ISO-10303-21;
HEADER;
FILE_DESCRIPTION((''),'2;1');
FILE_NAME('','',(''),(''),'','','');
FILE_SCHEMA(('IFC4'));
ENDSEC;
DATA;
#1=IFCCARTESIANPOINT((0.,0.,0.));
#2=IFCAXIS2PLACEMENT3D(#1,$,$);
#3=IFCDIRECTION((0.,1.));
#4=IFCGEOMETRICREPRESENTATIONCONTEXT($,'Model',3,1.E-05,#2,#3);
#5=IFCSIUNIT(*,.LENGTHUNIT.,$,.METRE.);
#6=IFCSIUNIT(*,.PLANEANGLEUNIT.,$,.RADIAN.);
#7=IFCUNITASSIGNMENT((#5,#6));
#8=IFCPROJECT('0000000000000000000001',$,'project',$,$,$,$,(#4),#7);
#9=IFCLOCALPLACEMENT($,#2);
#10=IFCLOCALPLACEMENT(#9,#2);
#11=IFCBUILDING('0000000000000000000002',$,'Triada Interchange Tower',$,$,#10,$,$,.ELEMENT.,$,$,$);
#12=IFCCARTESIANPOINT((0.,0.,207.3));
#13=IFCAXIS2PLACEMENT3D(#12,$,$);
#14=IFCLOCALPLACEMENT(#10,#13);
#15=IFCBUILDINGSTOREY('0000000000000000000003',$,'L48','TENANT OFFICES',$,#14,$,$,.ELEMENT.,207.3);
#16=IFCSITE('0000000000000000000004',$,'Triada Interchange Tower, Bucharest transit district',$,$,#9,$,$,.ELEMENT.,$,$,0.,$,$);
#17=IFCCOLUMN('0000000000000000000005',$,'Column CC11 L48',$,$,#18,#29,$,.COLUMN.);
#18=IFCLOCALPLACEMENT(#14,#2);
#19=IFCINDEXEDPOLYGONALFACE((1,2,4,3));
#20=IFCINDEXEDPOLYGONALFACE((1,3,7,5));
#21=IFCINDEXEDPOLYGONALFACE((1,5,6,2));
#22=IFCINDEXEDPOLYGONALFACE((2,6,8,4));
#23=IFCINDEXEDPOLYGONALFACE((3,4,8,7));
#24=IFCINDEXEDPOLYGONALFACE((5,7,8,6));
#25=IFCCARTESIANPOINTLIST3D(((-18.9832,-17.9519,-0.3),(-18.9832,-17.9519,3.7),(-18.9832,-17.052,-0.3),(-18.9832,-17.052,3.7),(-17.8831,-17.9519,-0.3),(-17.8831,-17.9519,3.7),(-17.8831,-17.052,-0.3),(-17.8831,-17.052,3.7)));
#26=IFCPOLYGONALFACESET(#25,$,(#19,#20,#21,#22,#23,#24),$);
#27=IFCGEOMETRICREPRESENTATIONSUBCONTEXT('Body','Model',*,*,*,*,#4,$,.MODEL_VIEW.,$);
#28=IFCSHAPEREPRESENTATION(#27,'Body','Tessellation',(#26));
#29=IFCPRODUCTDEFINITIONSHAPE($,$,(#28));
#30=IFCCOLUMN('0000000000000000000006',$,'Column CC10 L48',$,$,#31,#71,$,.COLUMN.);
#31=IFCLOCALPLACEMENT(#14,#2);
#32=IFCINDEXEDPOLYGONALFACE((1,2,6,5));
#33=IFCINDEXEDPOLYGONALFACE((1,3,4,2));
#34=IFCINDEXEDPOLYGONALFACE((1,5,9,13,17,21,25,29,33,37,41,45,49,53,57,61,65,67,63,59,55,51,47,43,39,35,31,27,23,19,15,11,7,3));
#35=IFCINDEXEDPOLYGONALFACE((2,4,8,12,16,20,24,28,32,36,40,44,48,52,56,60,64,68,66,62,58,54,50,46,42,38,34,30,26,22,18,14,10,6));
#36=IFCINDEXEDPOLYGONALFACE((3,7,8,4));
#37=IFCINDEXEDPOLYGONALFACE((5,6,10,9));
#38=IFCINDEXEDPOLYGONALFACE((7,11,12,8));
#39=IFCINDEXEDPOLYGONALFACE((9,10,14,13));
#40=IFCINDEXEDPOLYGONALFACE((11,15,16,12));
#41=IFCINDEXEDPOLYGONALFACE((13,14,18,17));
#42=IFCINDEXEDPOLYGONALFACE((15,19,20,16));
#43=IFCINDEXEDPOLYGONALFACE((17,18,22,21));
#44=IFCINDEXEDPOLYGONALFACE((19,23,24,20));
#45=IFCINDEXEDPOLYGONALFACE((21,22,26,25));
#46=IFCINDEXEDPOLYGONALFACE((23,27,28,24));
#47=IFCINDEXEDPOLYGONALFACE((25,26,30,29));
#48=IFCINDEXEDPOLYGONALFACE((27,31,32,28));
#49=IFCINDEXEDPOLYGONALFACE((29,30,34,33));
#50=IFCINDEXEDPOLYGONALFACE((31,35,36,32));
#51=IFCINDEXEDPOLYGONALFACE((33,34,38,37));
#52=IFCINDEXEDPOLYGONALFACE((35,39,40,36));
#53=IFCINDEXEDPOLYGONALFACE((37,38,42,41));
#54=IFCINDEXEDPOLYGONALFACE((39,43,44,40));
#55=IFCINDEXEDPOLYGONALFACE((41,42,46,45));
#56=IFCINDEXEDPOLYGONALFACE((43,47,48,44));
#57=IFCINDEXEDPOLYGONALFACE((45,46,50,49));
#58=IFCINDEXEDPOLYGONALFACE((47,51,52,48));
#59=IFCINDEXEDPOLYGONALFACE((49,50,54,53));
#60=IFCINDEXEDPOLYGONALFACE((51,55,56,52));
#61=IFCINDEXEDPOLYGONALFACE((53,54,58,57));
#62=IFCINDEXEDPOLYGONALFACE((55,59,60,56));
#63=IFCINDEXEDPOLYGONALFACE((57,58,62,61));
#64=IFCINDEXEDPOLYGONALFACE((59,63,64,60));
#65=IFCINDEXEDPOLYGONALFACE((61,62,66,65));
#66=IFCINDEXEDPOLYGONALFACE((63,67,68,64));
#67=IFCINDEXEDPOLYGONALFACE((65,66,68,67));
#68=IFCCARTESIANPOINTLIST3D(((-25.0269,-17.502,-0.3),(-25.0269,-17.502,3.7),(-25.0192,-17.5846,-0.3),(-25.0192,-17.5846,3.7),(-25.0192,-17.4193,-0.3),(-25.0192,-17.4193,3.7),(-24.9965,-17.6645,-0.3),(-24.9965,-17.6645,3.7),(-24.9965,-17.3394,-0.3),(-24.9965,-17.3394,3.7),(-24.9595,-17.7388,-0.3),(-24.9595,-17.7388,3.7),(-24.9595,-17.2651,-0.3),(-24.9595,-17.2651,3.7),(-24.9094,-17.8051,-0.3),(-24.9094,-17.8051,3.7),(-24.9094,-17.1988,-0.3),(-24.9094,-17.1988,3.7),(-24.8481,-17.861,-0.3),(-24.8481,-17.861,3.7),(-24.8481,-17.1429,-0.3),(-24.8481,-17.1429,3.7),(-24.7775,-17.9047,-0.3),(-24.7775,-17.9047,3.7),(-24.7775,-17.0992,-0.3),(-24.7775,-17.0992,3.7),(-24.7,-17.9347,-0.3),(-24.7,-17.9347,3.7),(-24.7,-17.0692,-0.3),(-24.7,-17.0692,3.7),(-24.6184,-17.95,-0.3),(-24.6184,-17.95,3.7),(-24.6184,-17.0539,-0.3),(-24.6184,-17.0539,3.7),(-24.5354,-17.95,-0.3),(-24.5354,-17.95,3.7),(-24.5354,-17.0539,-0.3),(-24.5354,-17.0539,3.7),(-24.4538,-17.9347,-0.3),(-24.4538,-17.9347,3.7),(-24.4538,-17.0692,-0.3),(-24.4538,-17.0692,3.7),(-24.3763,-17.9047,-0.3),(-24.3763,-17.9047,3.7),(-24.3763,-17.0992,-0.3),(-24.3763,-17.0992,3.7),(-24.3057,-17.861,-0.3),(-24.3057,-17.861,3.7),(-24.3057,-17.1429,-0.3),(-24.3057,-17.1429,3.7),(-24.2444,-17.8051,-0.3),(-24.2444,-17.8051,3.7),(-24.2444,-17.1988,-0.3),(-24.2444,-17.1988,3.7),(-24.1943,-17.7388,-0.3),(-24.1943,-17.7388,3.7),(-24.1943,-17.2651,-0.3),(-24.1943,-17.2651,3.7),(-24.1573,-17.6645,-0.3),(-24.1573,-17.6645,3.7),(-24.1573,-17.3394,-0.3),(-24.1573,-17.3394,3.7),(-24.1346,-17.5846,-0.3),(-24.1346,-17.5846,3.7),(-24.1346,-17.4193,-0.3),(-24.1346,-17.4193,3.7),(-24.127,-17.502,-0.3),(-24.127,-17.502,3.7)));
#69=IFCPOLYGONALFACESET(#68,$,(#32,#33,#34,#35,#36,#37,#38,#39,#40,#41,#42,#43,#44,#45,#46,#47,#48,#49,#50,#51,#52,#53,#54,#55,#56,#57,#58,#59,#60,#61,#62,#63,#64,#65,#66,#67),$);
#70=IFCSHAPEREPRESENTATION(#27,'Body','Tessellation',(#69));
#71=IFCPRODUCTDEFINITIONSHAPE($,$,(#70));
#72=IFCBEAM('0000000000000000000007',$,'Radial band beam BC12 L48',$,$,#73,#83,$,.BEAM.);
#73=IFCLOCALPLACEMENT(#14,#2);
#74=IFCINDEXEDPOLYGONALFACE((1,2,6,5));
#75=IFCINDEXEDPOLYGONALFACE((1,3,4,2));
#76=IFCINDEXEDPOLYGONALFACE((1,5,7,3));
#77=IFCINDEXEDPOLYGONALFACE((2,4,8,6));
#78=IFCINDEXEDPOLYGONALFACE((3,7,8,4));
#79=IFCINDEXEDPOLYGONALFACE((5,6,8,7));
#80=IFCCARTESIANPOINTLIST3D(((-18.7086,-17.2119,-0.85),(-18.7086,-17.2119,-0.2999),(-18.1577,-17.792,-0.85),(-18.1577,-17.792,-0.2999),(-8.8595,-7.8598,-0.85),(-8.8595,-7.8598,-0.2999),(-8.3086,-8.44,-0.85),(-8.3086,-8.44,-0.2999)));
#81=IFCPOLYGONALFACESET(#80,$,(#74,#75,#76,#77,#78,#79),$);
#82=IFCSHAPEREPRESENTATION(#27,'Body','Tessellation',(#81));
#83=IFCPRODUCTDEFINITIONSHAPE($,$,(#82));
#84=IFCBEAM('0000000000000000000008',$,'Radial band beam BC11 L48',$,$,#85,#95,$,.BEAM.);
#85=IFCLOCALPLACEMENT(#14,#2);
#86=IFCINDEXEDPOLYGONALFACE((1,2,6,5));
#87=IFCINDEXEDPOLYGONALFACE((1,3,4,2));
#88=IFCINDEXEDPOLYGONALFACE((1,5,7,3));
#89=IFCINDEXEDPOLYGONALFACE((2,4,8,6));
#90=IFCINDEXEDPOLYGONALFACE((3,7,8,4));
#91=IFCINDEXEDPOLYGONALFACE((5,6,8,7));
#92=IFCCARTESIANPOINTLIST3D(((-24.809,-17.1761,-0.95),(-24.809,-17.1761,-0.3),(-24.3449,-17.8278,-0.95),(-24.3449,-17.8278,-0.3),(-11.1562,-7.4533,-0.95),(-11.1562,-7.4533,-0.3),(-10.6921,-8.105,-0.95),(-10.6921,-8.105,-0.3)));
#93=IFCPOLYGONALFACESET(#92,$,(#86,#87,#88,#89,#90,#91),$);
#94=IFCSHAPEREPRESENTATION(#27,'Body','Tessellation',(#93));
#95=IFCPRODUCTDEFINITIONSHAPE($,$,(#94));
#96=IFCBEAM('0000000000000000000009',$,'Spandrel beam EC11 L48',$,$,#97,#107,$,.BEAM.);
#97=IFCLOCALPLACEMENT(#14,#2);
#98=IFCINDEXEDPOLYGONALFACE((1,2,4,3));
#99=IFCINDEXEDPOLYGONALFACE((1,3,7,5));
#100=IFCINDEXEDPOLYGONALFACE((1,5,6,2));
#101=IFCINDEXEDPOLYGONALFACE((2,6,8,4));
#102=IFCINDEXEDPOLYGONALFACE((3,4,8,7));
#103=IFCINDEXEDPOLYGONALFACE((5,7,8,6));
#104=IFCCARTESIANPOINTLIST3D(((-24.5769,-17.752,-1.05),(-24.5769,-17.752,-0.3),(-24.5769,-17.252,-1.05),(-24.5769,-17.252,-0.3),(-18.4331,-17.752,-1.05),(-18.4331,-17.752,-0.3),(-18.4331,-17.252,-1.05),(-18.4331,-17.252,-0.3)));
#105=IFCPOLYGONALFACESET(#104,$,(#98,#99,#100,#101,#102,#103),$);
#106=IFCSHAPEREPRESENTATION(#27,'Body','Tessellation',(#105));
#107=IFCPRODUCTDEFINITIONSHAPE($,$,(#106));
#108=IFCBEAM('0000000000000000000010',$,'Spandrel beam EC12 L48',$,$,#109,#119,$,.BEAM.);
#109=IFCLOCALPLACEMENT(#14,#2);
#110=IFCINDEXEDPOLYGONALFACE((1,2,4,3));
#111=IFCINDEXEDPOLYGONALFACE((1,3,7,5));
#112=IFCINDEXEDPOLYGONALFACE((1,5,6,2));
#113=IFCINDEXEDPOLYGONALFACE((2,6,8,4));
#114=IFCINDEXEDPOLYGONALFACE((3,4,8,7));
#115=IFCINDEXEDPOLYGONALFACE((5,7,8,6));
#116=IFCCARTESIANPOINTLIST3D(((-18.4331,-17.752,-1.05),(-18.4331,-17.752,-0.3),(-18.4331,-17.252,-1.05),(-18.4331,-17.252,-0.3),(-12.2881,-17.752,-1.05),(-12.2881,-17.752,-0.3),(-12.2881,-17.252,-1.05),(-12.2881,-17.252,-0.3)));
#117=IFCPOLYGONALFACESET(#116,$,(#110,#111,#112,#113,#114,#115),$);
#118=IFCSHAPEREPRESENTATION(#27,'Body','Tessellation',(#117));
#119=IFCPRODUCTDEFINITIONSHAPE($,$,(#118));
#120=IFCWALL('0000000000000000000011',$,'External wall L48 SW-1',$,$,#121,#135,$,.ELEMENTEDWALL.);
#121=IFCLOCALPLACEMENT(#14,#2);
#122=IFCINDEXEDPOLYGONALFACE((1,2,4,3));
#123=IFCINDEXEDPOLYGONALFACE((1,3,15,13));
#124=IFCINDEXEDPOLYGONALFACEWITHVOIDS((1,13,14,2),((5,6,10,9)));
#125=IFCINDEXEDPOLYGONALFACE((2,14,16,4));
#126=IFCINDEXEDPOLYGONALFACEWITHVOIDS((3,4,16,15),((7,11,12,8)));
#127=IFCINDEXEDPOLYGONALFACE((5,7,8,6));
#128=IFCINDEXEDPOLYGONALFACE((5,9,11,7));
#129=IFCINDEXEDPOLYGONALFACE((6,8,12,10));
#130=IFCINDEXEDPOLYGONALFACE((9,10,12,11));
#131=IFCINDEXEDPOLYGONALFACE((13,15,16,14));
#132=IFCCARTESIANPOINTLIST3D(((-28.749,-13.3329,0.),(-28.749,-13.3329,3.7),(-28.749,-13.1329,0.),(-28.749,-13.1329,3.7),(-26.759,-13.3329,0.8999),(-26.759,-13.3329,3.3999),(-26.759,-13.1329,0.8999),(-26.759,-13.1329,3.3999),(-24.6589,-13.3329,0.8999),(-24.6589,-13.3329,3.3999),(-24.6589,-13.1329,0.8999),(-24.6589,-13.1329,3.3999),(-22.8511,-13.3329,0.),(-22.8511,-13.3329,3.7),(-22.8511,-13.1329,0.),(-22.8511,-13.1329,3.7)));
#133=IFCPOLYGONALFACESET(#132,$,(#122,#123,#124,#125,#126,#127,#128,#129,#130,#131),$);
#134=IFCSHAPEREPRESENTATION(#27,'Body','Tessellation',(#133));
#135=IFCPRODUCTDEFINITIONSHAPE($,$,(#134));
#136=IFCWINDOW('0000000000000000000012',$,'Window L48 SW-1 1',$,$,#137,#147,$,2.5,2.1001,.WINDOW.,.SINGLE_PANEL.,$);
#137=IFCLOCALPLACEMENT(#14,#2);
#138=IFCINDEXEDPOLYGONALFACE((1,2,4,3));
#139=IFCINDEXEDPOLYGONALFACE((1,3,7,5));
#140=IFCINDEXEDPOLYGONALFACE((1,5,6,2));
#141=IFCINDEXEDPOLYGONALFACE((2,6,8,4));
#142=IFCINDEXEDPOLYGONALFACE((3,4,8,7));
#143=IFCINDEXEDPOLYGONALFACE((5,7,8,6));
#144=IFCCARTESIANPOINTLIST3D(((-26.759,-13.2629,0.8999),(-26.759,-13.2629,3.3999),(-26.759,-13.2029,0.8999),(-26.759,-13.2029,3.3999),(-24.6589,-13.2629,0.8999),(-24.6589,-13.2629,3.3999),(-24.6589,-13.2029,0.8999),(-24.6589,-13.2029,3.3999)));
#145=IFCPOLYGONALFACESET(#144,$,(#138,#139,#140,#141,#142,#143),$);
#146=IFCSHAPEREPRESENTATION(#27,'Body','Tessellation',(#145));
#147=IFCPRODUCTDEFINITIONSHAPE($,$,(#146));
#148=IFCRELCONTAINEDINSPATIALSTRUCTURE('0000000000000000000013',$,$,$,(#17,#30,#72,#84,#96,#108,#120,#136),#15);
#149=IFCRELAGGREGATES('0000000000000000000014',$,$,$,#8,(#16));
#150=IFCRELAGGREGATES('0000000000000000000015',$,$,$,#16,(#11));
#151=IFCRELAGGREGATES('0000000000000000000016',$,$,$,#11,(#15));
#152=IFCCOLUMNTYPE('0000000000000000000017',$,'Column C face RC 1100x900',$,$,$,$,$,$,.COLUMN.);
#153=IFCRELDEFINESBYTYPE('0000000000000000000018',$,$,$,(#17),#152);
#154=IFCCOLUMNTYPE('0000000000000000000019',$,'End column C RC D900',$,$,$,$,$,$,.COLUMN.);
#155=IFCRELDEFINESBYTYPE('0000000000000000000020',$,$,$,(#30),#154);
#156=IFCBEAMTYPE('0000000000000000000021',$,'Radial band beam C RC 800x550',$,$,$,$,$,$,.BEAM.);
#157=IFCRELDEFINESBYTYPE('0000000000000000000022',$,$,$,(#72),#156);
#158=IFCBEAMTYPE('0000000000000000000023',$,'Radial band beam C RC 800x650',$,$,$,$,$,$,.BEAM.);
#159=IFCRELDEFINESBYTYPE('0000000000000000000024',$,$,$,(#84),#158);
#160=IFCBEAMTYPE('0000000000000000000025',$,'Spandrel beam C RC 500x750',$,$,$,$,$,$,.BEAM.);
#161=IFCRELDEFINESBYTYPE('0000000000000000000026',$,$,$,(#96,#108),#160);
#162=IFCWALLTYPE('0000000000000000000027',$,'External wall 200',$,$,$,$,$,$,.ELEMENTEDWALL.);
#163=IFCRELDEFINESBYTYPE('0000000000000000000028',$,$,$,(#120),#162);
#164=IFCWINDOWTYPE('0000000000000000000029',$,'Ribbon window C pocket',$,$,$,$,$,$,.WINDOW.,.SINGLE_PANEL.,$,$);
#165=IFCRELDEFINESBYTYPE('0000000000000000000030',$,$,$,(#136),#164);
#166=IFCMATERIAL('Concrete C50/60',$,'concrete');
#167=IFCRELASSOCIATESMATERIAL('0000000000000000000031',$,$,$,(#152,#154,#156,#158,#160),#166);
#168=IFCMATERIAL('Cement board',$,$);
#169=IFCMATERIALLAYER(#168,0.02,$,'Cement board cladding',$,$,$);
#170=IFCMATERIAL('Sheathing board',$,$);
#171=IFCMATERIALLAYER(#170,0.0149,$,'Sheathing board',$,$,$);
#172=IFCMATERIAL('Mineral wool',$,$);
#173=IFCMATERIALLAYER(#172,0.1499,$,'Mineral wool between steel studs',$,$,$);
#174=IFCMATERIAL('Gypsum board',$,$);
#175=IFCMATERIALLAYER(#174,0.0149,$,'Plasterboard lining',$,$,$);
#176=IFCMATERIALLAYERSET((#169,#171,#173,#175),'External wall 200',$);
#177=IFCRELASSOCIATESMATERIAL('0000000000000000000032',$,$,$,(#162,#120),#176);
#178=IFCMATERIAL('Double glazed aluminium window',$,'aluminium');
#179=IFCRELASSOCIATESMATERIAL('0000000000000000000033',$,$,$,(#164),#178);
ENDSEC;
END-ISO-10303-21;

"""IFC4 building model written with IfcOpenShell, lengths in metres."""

from ifc_helpers import new_model, si_unit, direction, frame, frame_2d, origin, origin_2d, place, context, subcontext, project, spatial, rectangle, circle, extrude, material, layer, layer_set, layer_usage, material_profile, profile_set, type_object, element, fill, save


model = new_model("IFC4")

# Units and contexts
model_context = context("Model", 3, precision=1e-05, world=origin(), true_north=direction((0.0, 1.0)))
body_context = subcontext(model_context, "Body", "Model", "MODEL_VIEW")
ifc_project = project(units=[si_unit("LENGTHUNIT", "METRE"), si_unit("PLANEANGLEUNIT", "RADIAN")], contexts=[model_context])

# Site, building, storey
site_placement = place(None, origin())
site = spatial("IfcSite", under=ifc_project, at=site_placement, Name="Triada Interchange Tower, Bucharest transit district", CompositionType="ELEMENT", RefElevation=0.0)
building_placement = place(site_placement, origin())
building = spatial("IfcBuilding", under=site, at=building_placement, Name="Triada Interchange Tower", CompositionType="ELEMENT")
storey_placement = place(building_placement, frame((0.0, 0.0, 207.3)))
storey = spatial("IfcBuildingStorey", under=building, at=storey_placement, Name="L48", Description="TENANT OFFICES", CompositionType="ELEMENT", Elevation=207.3)

# Columns
ifc_material_1 = material(Name="Concrete C50/60", Category="concrete")
ifc_material_profile_1 = material_profile(ifc_material_1, rectangle(XDim=1.1001, YDim=0.8999, at=origin_2d()), Name="RC 1100x900")
ifc_profile_set_1 = profile_set([ifc_material_profile_1], Name="Concrete C50/60")
column_type_1 = type_object("IfcColumnType", Name="Column C face RC 1100x900", PredefinedType="COLUMN", material=ifc_profile_set_1)
column_1_placement = place(storey_placement, frame((-18.4331, -17.502, -0.3), z_axis=(0.0, 0.0, 1.0), x_axis=(1.0, 0.0, 0.0)))
element("IfcColumn", 1, at=column_1_placement, inside=storey, type_object=column_type_1, Name="Column CC11 L48", PredefinedType="COLUMN", context=body_context, shape_type="SweptSolid", body=[
    extrude(rectangle(XDim=1.1001, YDim=0.8999, at=origin_2d()), origin(), (0.0, 0.0, 1.0), 4.0),
])
ifc_material_profile_2 = material_profile(ifc_material_1, circle(Radius=0.45, at=origin_2d()), Name="RC D900")
ifc_profile_set_2 = profile_set([ifc_material_profile_2], Name="Concrete C50/60")
column_type_2 = type_object("IfcColumnType", Name="End column C RC D900", PredefinedType="COLUMN", material=ifc_profile_set_2)
column_2_placement = place(storey_placement, frame((-24.5769, -17.502, -0.3), z_axis=(0.0, 0.0, 1.0), x_axis=(1.0, 0.0, 0.0)))
element("IfcColumn", 2, at=column_2_placement, inside=storey, type_object=column_type_2, Name="Column CC10 L48", PredefinedType="COLUMN", context=body_context, shape_type="SweptSolid", body=[
    extrude(circle(Radius=0.45, at=origin_2d()), origin(), (0.0, 0.0, 1.0), 4.0),
])

# Beams
ifc_material_profile_3 = material_profile(ifc_material_1, rectangle(XDim=0.8, YDim=0.55, at=origin_2d()), Name="RC 800x550")
ifc_profile_set_3 = profile_set([ifc_material_profile_3], Name="Concrete C50/60")
beam_type_1 = type_object("IfcBeamType", Name="Radial band beam C RC 800x550", PredefinedType="BEAM", material=ifc_profile_set_3)
beam_1_placement = place(storey_placement, frame((-18.4331, -17.502, -0.575), z_axis=(0.725169, 0.688571, 0.0), x_axis=(-0.688571, 0.725169, 0.0)))
element("IfcBeam", 3, at=beam_1_placement, inside=storey, type_object=beam_type_1, Name="Radial band beam BC12 L48", PredefinedType="BEAM", context=body_context, shape_type="SweptSolid", body=[
    extrude(rectangle(XDim=0.8, YDim=0.55, at=origin_2d()), origin(), (0.0, 0.0, 1.0), 13.5818),
])
ifc_material_profile_4 = material_profile(ifc_material_1, rectangle(XDim=0.8, YDim=0.6499, at=origin_2d()), Name="RC 800x650")
ifc_profile_set_4 = profile_set([ifc_material_profile_4], Name="Concrete C50/60")
beam_type_2 = type_object("IfcBeamType", Name="Radial band beam C RC 800x650", PredefinedType="BEAM", material=ifc_profile_set_4)
beam_2_placement = place(storey_placement, frame((-24.5769, -17.502, -0.625), z_axis=(0.814554, 0.580087, 0.0), x_axis=(-0.580087, 0.814554, 0.0)))
element("IfcBeam", 4, at=beam_2_placement, inside=storey, type_object=beam_type_2, Name="Radial band beam BC11 L48", PredefinedType="BEAM", context=body_context, shape_type="SweptSolid", body=[
    extrude(rectangle(XDim=0.8, YDim=0.6499, at=origin_2d()), origin(), (0.0, 0.0, 1.0), 16.761),
])
ifc_material_profile_5 = material_profile(ifc_material_1, rectangle(XDim=0.5, YDim=0.75, at=origin_2d()), Name="RC 500x750")
ifc_profile_set_5 = profile_set([ifc_material_profile_5], Name="Concrete C50/60")
beam_type_3 = type_object("IfcBeamType", Name="Spandrel beam C RC 500x750", PredefinedType="BEAM", material=ifc_profile_set_5)
beam_3_placement = place(storey_placement, frame((-24.5769, -17.502, -0.675), z_axis=(1.0, 0.0, 0.0), x_axis=(0.0, 1.0, 0.0)))
element("IfcBeam", 5, at=beam_3_placement, inside=storey, type_object=beam_type_3, Name="Spandrel beam EC11 L48", PredefinedType="BEAM", context=body_context, shape_type="SweptSolid", body=[
    extrude(rectangle(XDim=0.5, YDim=0.75, at=origin_2d()), origin(), (0.0, 0.0, 1.0), 6.1438),
])
beam_4_placement = place(storey_placement, frame((-18.4331, -17.502, -0.675), z_axis=(1.0, 0.0, 0.0), x_axis=(0.0, 1.0, 0.0)))
element("IfcBeam", 6, at=beam_4_placement, inside=storey, type_object=beam_type_3, Name="Spandrel beam EC12 L48", PredefinedType="BEAM", context=body_context, shape_type="SweptSolid", body=[
    extrude(rectangle(XDim=0.5, YDim=0.75, at=origin_2d()), origin(), (0.0, 0.0, 1.0), 6.145),
])

# Wall, opening, window
ifc_material_2 = material(Name="Cement board")
ifc_layer_1 = layer(ifc_material_2, 0.02, Name="Cement board cladding")
ifc_material_3 = material(Name="Sheathing board")
ifc_layer_2 = layer(ifc_material_3, 0.0149, Name="Sheathing board")
ifc_material_4 = material(Name="Mineral wool")
ifc_layer_3 = layer(ifc_material_4, 0.1499, Name="Mineral wool between steel studs")
ifc_material_5 = material(Name="Gypsum board")
ifc_layer_4 = layer(ifc_material_5, 0.0149, Name="Plasterboard lining")
ifc_layer_set_1 = layer_set([ifc_layer_1, ifc_layer_2, ifc_layer_3, ifc_layer_4], Name="External wall 200")
ifc_layer_usage = layer_usage(ifc_layer_set_1, "AXIS2", "POSITIVE", -0.1001)
wall_type_1 = type_object("IfcWallType", Name="External wall 200", PredefinedType="ELEMENTEDWALL", material=ifc_layer_set_1)
wall_1_placement = place(storey_placement, frame((-28.749, -13.2329, 0.0), z_axis=(0.0, 0.0, 1.0), x_axis=(1.0, 0.0, 0.0)))
wall_1 = element("IfcWall", 7, at=wall_1_placement, inside=storey, type_object=wall_type_1, material=ifc_layer_usage, Name="External wall L48 SW-1", PredefinedType="ELEMENTEDWALL", context=body_context, shape_type="SweptSolid", body=[
    extrude(rectangle(XDim=5.8979, YDim=0.2, at=frame_2d((2.949, 0.0))), origin(), (0.0, 0.0, 1.0), 3.7),
])
opening_1_placement = place(wall_1_placement, frame((1.99, 0.0, 0.8999)))
opening_1 = element("IfcOpeningElement", 8, at=opening_1_placement, cuts=wall_1, PredefinedType="OPENING", context=body_context, shape_type="SweptSolid", body=[
    extrude(rectangle(XDim=2.1001, YDim=2.5, at=frame_2d((1.05, 1.25))), frame((0.0, 0.1099, 0.0), z_axis=(0.0, -1.0, 0.0), x_axis=(1.0, 0.0, 0.0)), (0.0, 0.0, 1.0), 0.22),
])
ifc_material_6 = material(Name="Double glazed aluminium window", Category="aluminium")
window_type_1 = type_object("IfcWindowType", Name="Ribbon window C pocket", PartitioningType="SINGLE_PANEL", PredefinedType="WINDOW", material=ifc_material_6)
window_1_placement = place(opening_1_placement, origin())
window_1 = element("IfcWindow", 9, at=window_1_placement, inside=storey, type_object=window_type_1, Name="Window L48 SW-1 1", OverallHeight=2.5, OverallWidth=2.1001, PartitioningType="SINGLE_PANEL", PredefinedType="WINDOW", context=body_context, shape_type="SweptSolid", body=[
    extrude(rectangle(XDim=2.1001, YDim=2.5, at=frame_2d((1.05, 1.25))), frame((0.0, 0.03, 0.0), z_axis=(0.0, -1.0, 0.0), x_axis=(1.0, 0.0, 0.0)), (0.0, 0.0, 1.0), 0.0601),
])
fill(opening_1, window_1)

save(model, "model.ifc")
